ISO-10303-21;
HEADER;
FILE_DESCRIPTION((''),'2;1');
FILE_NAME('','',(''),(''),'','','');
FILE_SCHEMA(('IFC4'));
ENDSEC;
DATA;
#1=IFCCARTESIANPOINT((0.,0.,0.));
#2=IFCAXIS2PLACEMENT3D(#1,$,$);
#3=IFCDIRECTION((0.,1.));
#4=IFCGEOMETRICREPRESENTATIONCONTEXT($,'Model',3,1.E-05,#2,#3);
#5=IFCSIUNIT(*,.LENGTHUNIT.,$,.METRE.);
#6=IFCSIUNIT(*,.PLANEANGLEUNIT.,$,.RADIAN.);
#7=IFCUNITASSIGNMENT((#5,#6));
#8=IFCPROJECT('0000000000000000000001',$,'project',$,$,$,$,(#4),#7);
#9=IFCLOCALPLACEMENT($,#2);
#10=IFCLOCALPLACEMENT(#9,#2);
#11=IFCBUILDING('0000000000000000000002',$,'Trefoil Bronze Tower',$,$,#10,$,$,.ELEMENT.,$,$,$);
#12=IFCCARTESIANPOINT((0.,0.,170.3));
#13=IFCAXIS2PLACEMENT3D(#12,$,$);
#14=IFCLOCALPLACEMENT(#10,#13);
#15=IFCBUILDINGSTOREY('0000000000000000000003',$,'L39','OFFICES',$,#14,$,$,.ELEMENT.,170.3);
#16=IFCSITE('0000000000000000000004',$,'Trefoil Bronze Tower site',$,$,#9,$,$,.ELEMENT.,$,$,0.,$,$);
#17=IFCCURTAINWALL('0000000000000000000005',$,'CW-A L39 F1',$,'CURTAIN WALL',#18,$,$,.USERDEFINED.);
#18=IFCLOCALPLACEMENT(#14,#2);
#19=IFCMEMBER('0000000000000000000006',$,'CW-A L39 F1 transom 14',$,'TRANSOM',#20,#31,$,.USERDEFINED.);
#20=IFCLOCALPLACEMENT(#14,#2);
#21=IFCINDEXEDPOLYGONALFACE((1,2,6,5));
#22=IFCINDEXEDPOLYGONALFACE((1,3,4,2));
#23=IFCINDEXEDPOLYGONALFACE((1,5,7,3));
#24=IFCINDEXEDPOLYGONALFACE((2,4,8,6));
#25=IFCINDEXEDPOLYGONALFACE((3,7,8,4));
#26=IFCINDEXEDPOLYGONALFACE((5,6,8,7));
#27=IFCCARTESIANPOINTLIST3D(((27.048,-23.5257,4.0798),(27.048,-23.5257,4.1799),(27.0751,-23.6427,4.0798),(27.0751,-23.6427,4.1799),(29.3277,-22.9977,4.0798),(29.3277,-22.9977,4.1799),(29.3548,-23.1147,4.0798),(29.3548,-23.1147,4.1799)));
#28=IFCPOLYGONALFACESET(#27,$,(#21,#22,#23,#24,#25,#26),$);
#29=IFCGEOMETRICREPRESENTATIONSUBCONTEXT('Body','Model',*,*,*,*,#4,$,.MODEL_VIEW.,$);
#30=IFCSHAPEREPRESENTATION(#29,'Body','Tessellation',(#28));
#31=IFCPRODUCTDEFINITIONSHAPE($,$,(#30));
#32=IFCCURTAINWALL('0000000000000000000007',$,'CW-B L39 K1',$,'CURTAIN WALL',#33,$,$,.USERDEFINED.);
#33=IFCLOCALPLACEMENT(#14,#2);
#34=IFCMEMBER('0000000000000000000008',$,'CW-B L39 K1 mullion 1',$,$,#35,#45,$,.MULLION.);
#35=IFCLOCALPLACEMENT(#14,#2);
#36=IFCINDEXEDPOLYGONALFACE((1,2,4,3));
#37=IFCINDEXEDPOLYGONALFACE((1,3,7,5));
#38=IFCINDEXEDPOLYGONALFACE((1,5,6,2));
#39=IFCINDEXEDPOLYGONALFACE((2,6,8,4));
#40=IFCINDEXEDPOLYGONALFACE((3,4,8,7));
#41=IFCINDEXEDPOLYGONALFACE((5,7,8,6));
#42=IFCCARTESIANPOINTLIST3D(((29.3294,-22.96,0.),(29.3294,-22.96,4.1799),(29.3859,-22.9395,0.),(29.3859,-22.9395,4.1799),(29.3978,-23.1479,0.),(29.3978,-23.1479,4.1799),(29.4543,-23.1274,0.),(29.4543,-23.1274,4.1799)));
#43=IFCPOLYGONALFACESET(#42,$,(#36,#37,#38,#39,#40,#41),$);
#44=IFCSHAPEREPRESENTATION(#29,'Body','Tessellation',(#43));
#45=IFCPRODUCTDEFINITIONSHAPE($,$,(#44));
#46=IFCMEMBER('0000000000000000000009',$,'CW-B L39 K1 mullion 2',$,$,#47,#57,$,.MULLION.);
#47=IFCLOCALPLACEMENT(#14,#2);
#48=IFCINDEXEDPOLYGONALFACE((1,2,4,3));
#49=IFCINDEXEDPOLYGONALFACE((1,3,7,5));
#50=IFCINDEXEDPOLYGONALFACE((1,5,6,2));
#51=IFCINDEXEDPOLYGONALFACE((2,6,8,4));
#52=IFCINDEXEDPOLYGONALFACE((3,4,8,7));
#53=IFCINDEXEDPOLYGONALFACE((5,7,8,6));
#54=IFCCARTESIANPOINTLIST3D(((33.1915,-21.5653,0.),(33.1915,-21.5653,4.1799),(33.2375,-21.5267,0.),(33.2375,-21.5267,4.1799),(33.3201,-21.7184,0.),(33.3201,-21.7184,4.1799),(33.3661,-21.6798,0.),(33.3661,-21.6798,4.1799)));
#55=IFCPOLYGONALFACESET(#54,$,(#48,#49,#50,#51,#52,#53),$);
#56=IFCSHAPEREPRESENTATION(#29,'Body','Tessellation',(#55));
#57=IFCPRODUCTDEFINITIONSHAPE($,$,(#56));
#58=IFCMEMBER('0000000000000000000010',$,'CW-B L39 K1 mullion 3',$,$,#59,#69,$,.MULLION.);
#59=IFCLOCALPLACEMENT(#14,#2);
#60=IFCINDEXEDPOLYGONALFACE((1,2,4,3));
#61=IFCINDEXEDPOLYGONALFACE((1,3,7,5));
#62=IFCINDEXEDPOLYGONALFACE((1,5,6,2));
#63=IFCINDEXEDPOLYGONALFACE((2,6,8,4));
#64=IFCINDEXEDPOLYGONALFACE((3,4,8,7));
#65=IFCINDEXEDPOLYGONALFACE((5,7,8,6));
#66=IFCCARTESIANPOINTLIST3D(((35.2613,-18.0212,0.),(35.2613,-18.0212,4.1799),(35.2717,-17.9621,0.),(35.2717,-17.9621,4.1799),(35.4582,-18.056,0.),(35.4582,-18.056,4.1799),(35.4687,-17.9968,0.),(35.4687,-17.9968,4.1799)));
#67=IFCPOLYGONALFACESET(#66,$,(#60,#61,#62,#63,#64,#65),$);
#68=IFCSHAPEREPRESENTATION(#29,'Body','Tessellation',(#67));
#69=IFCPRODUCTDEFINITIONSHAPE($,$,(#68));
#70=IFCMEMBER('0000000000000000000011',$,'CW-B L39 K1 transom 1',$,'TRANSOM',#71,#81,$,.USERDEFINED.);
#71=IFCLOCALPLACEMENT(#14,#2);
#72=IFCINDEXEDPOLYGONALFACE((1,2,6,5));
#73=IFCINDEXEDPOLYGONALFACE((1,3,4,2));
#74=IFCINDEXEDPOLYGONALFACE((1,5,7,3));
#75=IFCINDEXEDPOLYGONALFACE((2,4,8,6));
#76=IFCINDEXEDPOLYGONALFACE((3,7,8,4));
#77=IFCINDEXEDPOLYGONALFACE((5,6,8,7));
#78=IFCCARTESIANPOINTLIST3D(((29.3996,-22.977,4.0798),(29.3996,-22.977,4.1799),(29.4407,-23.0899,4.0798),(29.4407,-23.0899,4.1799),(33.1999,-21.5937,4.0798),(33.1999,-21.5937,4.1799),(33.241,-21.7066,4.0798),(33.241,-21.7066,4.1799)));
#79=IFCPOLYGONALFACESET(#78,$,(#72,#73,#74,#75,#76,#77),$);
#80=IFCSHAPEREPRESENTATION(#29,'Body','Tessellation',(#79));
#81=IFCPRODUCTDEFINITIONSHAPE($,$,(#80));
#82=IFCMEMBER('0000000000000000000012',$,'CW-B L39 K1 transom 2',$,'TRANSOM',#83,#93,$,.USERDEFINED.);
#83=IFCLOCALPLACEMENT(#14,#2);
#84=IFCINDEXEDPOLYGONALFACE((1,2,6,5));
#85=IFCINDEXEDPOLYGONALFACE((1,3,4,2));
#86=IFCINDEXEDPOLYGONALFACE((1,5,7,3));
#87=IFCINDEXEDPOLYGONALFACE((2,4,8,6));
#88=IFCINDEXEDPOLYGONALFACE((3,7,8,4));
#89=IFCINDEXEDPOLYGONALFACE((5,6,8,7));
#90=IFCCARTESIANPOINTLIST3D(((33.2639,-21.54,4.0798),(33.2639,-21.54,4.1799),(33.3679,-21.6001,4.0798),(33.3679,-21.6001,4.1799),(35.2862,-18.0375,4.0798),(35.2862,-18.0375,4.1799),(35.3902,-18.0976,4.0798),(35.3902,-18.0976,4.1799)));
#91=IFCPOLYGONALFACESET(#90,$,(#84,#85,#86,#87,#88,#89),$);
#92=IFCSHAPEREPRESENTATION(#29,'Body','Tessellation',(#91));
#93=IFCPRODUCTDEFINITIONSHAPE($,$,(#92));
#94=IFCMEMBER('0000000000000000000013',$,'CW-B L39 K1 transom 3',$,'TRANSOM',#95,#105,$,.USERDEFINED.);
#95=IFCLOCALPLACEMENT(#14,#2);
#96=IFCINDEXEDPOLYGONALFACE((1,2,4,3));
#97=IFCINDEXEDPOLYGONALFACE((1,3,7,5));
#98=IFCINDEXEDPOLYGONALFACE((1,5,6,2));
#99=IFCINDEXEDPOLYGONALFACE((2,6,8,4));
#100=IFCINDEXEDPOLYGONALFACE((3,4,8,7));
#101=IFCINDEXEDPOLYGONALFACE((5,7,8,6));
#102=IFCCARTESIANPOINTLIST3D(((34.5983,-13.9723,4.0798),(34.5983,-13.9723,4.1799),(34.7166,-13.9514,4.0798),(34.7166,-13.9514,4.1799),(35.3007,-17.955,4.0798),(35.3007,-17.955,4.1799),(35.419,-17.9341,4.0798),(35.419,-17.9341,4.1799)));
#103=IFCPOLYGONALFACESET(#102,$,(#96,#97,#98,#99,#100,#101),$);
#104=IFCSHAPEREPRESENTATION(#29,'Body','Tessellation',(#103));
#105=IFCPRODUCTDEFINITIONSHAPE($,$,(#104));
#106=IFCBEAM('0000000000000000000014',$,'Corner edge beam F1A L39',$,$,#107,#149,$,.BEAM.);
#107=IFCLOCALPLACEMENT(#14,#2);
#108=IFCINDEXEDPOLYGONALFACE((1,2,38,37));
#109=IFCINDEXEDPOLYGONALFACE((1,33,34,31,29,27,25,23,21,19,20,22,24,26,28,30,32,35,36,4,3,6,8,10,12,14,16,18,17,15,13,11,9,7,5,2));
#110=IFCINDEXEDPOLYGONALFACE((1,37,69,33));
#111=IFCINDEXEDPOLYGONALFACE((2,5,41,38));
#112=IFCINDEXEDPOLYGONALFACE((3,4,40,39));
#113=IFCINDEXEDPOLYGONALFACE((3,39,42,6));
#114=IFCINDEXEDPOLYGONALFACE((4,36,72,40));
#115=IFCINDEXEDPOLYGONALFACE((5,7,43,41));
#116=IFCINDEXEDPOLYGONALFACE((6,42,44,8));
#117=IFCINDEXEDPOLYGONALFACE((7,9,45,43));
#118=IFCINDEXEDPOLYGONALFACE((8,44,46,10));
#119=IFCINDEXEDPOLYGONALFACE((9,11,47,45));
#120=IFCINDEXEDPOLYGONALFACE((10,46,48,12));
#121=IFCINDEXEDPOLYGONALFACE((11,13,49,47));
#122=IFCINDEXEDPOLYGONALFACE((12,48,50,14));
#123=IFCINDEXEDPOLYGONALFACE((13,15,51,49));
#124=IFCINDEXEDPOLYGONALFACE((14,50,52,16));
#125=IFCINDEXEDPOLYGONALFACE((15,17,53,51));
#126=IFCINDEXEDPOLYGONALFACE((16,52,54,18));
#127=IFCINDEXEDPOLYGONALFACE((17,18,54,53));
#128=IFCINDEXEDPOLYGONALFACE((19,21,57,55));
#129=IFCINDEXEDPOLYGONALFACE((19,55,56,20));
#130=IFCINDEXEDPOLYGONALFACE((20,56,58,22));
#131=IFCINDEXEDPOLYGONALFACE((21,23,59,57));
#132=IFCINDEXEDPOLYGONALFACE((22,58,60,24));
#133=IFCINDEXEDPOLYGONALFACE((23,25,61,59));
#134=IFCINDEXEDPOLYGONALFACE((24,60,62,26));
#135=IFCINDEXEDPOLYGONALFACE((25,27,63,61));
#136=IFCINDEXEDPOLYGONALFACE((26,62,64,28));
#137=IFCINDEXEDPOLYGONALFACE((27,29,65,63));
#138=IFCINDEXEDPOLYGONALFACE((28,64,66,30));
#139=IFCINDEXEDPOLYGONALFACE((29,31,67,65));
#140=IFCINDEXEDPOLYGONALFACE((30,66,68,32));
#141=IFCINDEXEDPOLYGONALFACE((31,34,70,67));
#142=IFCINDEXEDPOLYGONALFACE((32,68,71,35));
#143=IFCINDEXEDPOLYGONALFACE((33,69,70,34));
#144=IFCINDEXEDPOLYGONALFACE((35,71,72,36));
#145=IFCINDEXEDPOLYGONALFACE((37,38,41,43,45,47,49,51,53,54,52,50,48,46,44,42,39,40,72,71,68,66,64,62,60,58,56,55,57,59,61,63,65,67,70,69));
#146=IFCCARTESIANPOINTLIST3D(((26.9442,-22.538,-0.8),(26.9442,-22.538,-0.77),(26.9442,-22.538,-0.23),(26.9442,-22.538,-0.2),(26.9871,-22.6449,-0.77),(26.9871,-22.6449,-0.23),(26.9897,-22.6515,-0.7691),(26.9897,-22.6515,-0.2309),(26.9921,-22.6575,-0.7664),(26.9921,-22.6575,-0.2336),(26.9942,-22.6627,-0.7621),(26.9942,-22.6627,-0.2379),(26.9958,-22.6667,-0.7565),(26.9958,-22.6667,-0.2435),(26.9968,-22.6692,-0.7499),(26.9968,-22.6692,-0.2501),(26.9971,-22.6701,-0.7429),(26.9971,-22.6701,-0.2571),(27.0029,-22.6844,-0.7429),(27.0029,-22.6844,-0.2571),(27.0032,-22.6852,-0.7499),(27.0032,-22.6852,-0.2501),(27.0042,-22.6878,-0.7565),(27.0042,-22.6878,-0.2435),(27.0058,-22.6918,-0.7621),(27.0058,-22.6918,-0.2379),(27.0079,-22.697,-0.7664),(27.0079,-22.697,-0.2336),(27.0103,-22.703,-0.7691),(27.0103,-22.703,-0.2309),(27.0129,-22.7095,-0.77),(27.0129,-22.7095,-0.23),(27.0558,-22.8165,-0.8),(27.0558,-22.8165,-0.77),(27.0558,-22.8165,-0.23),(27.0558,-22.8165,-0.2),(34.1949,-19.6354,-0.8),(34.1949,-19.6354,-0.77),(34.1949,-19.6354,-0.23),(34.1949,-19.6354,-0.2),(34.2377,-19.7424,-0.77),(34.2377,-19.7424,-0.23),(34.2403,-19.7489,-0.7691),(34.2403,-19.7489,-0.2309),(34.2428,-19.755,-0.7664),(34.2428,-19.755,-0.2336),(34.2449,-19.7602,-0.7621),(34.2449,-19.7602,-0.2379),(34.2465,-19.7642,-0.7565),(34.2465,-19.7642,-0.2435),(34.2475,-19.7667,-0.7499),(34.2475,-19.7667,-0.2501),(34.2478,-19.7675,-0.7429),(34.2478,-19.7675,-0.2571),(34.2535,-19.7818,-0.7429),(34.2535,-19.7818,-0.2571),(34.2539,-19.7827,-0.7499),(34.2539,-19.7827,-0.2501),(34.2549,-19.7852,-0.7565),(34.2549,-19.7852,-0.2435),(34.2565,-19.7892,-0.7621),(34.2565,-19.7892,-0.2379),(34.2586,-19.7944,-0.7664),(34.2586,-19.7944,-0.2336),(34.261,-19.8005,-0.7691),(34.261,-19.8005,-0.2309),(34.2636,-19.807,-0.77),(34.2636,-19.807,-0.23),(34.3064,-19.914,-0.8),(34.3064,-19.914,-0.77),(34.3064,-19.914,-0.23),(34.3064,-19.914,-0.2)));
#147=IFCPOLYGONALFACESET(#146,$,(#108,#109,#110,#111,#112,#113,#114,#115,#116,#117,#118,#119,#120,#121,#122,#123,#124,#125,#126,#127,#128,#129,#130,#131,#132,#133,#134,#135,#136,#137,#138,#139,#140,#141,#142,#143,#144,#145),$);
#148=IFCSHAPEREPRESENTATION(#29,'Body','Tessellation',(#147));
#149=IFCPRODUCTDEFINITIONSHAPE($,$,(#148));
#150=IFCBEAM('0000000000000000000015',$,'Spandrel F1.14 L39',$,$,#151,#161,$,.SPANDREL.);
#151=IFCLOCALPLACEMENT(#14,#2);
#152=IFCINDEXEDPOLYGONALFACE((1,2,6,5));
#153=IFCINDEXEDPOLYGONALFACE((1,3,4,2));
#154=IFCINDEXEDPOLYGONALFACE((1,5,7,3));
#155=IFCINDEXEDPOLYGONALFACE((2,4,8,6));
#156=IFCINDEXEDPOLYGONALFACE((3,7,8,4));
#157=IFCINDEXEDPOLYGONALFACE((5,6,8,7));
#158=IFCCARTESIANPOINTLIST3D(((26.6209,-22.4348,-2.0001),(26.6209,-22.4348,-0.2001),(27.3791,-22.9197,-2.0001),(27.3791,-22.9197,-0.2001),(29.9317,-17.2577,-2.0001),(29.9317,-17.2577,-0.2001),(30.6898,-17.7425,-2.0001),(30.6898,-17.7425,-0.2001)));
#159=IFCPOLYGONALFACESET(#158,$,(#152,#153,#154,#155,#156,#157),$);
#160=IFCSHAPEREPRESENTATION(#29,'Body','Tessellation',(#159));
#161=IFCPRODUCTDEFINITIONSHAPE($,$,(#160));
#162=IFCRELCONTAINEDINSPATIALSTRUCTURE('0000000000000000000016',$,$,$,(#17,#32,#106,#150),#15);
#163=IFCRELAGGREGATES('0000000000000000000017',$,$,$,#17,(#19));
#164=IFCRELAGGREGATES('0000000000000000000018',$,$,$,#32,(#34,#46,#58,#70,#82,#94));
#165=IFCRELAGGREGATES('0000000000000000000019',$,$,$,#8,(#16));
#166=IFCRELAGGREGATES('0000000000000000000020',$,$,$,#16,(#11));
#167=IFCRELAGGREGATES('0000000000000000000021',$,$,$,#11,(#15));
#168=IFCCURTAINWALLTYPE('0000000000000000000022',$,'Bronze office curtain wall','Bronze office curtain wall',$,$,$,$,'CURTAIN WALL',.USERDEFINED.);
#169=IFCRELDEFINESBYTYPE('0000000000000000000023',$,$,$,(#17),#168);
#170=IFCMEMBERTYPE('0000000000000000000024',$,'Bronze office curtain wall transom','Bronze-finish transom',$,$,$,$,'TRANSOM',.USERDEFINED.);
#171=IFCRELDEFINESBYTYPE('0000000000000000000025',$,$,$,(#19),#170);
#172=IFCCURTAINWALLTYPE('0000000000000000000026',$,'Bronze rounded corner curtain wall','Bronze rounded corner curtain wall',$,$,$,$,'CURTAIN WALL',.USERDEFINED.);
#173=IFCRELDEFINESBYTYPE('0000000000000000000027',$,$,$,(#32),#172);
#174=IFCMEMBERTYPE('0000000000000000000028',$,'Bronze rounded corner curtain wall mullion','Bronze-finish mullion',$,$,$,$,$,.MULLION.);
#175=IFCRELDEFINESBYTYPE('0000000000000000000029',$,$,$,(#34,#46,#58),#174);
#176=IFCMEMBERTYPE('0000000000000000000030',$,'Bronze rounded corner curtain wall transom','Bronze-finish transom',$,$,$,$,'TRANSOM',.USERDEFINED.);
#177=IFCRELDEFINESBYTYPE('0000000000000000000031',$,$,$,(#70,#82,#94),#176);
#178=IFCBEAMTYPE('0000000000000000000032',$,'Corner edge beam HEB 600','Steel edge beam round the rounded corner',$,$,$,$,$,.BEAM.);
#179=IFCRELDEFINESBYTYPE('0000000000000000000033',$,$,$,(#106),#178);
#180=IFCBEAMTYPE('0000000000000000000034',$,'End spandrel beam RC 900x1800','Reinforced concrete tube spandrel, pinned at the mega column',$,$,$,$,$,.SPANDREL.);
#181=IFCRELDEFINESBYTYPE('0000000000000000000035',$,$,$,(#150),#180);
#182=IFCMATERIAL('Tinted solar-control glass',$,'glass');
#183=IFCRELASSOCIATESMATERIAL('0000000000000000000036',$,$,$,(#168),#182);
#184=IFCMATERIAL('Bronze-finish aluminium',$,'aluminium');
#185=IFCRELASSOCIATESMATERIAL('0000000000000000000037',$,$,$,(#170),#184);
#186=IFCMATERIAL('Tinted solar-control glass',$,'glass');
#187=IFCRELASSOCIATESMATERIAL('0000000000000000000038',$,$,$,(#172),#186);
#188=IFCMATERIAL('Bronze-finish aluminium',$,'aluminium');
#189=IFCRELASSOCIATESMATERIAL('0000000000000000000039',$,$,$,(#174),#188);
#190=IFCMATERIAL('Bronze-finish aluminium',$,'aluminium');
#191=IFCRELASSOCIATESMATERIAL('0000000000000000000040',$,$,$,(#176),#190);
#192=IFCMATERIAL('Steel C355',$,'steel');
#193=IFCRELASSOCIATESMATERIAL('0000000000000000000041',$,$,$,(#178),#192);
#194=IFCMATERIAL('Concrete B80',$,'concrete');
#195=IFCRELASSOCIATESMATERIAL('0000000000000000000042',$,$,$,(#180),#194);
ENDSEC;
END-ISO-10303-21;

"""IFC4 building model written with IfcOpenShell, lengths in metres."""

from ifc_helpers import new_model, si_unit, direction, frame, origin, origin_2d, place, context, subcontext, project, spatial, rectangle, i_section, extrude, material, material_profile, profile_set, type_object, element, aggregate, save


model = new_model("IFC4")

# Units and contexts
model_context = context("Model", 3, precision=1e-05, world=origin(), true_north=direction((0.0, 1.0)))
body_context = subcontext(model_context, "Body", "Model", "MODEL_VIEW")
ifc_project = project(units=[si_unit("LENGTHUNIT", "METRE"), si_unit("PLANEANGLEUNIT", "RADIAN")], contexts=[model_context])

# Site, building, storey
site_placement = place(None, origin())
site = spatial("IfcSite", under=ifc_project, at=site_placement, Name="Trefoil Bronze Tower site", CompositionType="ELEMENT", RefElevation=0.0)
building_placement = place(site_placement, origin())
building = spatial("IfcBuilding", under=site, at=building_placement, Name="Trefoil Bronze Tower", CompositionType="ELEMENT")
storey_placement = place(building_placement, frame((0.0, 0.0, 170.3)))
storey = spatial("IfcBuildingStorey", under=building, at=storey_placement, Name="L39", Description="OFFICES", CompositionType="ELEMENT", Elevation=170.3)

# Curtain walls, members
ifc_material_1 = material(Name="Tinted solar-control glass", Category="glass")
curtain_wall_type_1 = type_object("IfcCurtainWallType", Name="Bronze office curtain wall", Description="Bronze office curtain wall", ElementType="CURTAIN WALL", PredefinedType="USERDEFINED", material=ifc_material_1)
curtain_wall_1_placement = place(storey_placement, origin())
curtain_wall_1 = element("IfcCurtainWall", 1, at=curtain_wall_1_placement, inside=storey, type_object=curtain_wall_type_1, Name="CW-A L39 F1", ObjectType="CURTAIN WALL", PredefinedType="USERDEFINED")
ifc_material_2 = material(Name="Bronze-finish aluminium", Category="aluminium")
ifc_material_profile_1 = material_profile(ifc_material_2, rectangle(XDim=0.1201, YDim=0.1001, at=origin_2d()), Name="CW-A transom")
ifc_profile_set_1 = profile_set([ifc_material_profile_1], Name="Bronze-finish aluminium")
member_type_1 = type_object("IfcMemberType", Name="Bronze office curtain wall transom", Description="Bronze-finish transom", ElementType="TRANSOM", PredefinedType="USERDEFINED", material=ifc_profile_set_1)
member_1_placement = place(storey_placement, frame((27.0615, -23.5842, 4.1299), z_axis=(0.974206, 0.225659, 0.0), x_axis=(-0.225659, 0.974206, 0.0)))
member_1 = element("IfcMember", 2, at=member_1_placement, type_object=member_type_1, Name="CW-A L39 F1 transom 14", ObjectType="TRANSOM", PredefinedType="USERDEFINED", context=body_context, shape_type="SweptSolid", body=[
    extrude(rectangle(XDim=0.1201, YDim=0.1001, at=origin_2d()), origin(), (0.0, 0.0, 1.0), 2.3401),
])
ifc_material_3 = material(Name="Tinted solar-control glass", Category="glass")
curtain_wall_type_2 = type_object("IfcCurtainWallType", Name="Bronze rounded corner curtain wall", Description="Bronze rounded corner curtain wall", ElementType="CURTAIN WALL", PredefinedType="USERDEFINED", material=ifc_material_3)
curtain_wall_2_placement = place(storey_placement, origin())
curtain_wall_2 = element("IfcCurtainWall", 3, at=curtain_wall_2_placement, inside=storey, type_object=curtain_wall_type_2, Name="CW-B L39 K1", ObjectType="CURTAIN WALL", PredefinedType="USERDEFINED")
ifc_material_4 = material(Name="Bronze-finish aluminium", Category="aluminium")
ifc_material_profile_2 = material_profile(ifc_material_4, rectangle(XDim=0.2, YDim=0.0601, at=origin_2d()), Name="CW-B mullion")
ifc_profile_set_2 = profile_set([ifc_material_profile_2], Name="Bronze-finish aluminium")
member_type_2 = type_object("IfcMemberType", Name="Bronze rounded corner curtain wall mullion", Description="Bronze-finish mullion", PredefinedType="MULLION", material=ifc_profile_set_2)
member_2_placement = place(storey_placement, frame((29.3918, -23.0437, 0.0), z_axis=(0.0, 0.0, 1.0), x_axis=(-0.34202, 0.939693, 0.0)))
member_2 = element("IfcMember", 4, at=member_2_placement, type_object=member_type_2, Name="CW-B L39 K1 mullion 1", PredefinedType="MULLION", context=body_context, shape_type="SweptSolid", body=[
    extrude(rectangle(XDim=0.2, YDim=0.0601, at=origin_2d()), origin(), (0.0, 0.0, 1.0), 4.1799),
])
member_3_placement = place(storey_placement, frame((33.2788, -21.6226, 0.0), z_axis=(0.0, 0.0, 1.0), x_axis=(-0.642788, 0.766044, 0.0)))
member_3 = element("IfcMember", 5, at=member_3_placement, type_object=member_type_2, Name="CW-B L39 K1 mullion 2", PredefinedType="MULLION", context=body_context, shape_type="SweptSolid", body=[
    extrude(rectangle(XDim=0.2, YDim=0.0601, at=origin_2d()), origin(), (0.0, 0.0, 1.0), 4.1799),
])
member_4_placement = place(storey_placement, frame((35.365, -18.009, 0.0), z_axis=(0.0, 0.0, 1.0), x_axis=(-0.984808, 0.173648, 0.0)))
member_4 = element("IfcMember", 6, at=member_4_placement, type_object=member_type_2, Name="CW-B L39 K1 mullion 3", PredefinedType="MULLION", context=body_context, shape_type="SweptSolid", body=[
    extrude(rectangle(XDim=0.2, YDim=0.0601, at=origin_2d()), origin(), (0.0, 0.0, 1.0), 4.1799),
])
ifc_material_5 = material(Name="Bronze-finish aluminium", Category="aluminium")
ifc_material_profile_3 = material_profile(ifc_material_5, rectangle(XDim=0.1201, YDim=0.1001, at=origin_2d()), Name="CW-B transom")
ifc_profile_set_3 = profile_set([ifc_material_profile_3], Name="Bronze-finish aluminium")
member_type_3 = type_object("IfcMemberType", Name="Bronze rounded corner curtain wall transom", Description="Bronze-finish transom", ElementType="TRANSOM", PredefinedType="USERDEFINED", material=ifc_profile_set_3)
member_5_placement = place(storey_placement, frame((29.4202, -23.0334, 4.1299), z_axis=(0.939684, 0.342044, 0.0), x_axis=(-0.342044, 0.939684, 0.0)))
member_5 = element("IfcMember", 7, at=member_5_placement, type_object=member_type_3, Name="CW-B L39 K1 transom 1", ObjectType="TRANSOM", PredefinedType="USERDEFINED", context=body_context, shape_type="SweptSolid", body=[
    extrude(rectangle(XDim=0.1201, YDim=0.1001, at=origin_2d()), origin(), (0.0, 0.0, 1.0), 4.0442),
])
member_6_placement = place(storey_placement, frame((33.3159, -21.5701, 4.1299), z_axis=(0.500015, 0.866017, 0.0), x_axis=(-0.866017, 0.500015, 0.0)))
member_6 = element("IfcMember", 8, at=member_6_placement, type_object=member_type_3, Name="CW-B L39 K1 transom 2", ObjectType="TRANSOM", PredefinedType="USERDEFINED", context=body_context, shape_type="SweptSolid", body=[
    extrude(rectangle(XDim=0.1201, YDim=0.1001, at=origin_2d()), origin(), (0.0, 0.0, 1.0), 4.0444),
])
member_7_placement = place(storey_placement, frame((35.3599, -17.9446, 4.1299), z_axis=(-0.173682, 0.984802, 0.0), x_axis=(-0.984802, -0.173682, 0.0)))
member_7 = element("IfcMember", 9, at=member_7_placement, type_object=member_type_3, Name="CW-B L39 K1 transom 3", ObjectType="TRANSOM", PredefinedType="USERDEFINED", context=body_context, shape_type="SweptSolid", body=[
    extrude(rectangle(XDim=0.1201, YDim=0.1001, at=origin_2d()), origin(), (0.0, 0.0, 1.0), 4.0442),
])

# Beams
ifc_material_6 = material(Name="Steel C355", Category="steel")
ifc_material_profile_4 = material_profile(ifc_material_6, i_section(OverallWidth=0.3, OverallDepth=0.6001, WebThickness=0.0154, FlangeThickness=0.03, FilletRadius=0.0271, at=origin_2d()), Name="HEB 600")
ifc_profile_set_4 = profile_set([ifc_material_profile_4], Name="Steel C355")
beam_type_1 = type_object("IfcBeamType", Name="Corner edge beam HEB 600", Description="Steel edge beam round the rounded corner", PredefinedType="BEAM", material=ifc_profile_set_4)
beam_1_placement = place(storey_placement, frame((27.0, -22.6772, -0.5), z_axis=(0.928375, 0.371644, 0.0), x_axis=(-0.371644, 0.928375, 0.0)))
element("IfcBeam", 10, at=beam_1_placement, inside=storey, type_object=beam_type_1, Name="Corner edge beam F1A L39", PredefinedType="BEAM", context=body_context, shape_type="SweptSolid", body=[
    extrude(i_section(OverallWidth=0.3, OverallDepth=0.6001, WebThickness=0.0154, FlangeThickness=0.03, FilletRadius=0.0271, at=origin_2d()), origin(), (0.0, 0.0, 1.0), 7.8101),
])
ifc_material_7 = material(Name="Concrete B80", Category="concrete")
ifc_material_profile_5 = material_profile(ifc_material_7, rectangle(XDim=0.8999, YDim=1.8, at=origin_2d()), Name="RC 900x1800")
ifc_profile_set_5 = profile_set([ifc_material_profile_5], Name="Concrete B80")
beam_type_2 = type_object("IfcBeamType", Name="End spandrel beam RC 900x1800", Description="Reinforced concrete tube spandrel, pinned at the mega column", PredefinedType="SPANDREL", material=ifc_profile_set_5)
beam_2_placement = place(storey_placement, frame((27.0, -22.6772, -1.1001), z_axis=(0.538748, 0.842467, 0.0), x_axis=(-0.842467, 0.538748, 0.0)))
element("IfcBeam", 11, at=beam_2_placement, inside=storey, type_object=beam_type_2, Name="Spandrel F1.14 L39", PredefinedType="SPANDREL", context=body_context, shape_type="SweptSolid", body=[
    extrude(rectangle(XDim=0.8999, YDim=1.8, at=origin_2d()), origin(), (0.0, 0.0, 1.0), 6.1453),
])

aggregate(curtain_wall_1, [member_1])
aggregate(curtain_wall_2, [member_2, member_3, member_4, member_5, member_6, member_7])

save(model, "model.ifc")
